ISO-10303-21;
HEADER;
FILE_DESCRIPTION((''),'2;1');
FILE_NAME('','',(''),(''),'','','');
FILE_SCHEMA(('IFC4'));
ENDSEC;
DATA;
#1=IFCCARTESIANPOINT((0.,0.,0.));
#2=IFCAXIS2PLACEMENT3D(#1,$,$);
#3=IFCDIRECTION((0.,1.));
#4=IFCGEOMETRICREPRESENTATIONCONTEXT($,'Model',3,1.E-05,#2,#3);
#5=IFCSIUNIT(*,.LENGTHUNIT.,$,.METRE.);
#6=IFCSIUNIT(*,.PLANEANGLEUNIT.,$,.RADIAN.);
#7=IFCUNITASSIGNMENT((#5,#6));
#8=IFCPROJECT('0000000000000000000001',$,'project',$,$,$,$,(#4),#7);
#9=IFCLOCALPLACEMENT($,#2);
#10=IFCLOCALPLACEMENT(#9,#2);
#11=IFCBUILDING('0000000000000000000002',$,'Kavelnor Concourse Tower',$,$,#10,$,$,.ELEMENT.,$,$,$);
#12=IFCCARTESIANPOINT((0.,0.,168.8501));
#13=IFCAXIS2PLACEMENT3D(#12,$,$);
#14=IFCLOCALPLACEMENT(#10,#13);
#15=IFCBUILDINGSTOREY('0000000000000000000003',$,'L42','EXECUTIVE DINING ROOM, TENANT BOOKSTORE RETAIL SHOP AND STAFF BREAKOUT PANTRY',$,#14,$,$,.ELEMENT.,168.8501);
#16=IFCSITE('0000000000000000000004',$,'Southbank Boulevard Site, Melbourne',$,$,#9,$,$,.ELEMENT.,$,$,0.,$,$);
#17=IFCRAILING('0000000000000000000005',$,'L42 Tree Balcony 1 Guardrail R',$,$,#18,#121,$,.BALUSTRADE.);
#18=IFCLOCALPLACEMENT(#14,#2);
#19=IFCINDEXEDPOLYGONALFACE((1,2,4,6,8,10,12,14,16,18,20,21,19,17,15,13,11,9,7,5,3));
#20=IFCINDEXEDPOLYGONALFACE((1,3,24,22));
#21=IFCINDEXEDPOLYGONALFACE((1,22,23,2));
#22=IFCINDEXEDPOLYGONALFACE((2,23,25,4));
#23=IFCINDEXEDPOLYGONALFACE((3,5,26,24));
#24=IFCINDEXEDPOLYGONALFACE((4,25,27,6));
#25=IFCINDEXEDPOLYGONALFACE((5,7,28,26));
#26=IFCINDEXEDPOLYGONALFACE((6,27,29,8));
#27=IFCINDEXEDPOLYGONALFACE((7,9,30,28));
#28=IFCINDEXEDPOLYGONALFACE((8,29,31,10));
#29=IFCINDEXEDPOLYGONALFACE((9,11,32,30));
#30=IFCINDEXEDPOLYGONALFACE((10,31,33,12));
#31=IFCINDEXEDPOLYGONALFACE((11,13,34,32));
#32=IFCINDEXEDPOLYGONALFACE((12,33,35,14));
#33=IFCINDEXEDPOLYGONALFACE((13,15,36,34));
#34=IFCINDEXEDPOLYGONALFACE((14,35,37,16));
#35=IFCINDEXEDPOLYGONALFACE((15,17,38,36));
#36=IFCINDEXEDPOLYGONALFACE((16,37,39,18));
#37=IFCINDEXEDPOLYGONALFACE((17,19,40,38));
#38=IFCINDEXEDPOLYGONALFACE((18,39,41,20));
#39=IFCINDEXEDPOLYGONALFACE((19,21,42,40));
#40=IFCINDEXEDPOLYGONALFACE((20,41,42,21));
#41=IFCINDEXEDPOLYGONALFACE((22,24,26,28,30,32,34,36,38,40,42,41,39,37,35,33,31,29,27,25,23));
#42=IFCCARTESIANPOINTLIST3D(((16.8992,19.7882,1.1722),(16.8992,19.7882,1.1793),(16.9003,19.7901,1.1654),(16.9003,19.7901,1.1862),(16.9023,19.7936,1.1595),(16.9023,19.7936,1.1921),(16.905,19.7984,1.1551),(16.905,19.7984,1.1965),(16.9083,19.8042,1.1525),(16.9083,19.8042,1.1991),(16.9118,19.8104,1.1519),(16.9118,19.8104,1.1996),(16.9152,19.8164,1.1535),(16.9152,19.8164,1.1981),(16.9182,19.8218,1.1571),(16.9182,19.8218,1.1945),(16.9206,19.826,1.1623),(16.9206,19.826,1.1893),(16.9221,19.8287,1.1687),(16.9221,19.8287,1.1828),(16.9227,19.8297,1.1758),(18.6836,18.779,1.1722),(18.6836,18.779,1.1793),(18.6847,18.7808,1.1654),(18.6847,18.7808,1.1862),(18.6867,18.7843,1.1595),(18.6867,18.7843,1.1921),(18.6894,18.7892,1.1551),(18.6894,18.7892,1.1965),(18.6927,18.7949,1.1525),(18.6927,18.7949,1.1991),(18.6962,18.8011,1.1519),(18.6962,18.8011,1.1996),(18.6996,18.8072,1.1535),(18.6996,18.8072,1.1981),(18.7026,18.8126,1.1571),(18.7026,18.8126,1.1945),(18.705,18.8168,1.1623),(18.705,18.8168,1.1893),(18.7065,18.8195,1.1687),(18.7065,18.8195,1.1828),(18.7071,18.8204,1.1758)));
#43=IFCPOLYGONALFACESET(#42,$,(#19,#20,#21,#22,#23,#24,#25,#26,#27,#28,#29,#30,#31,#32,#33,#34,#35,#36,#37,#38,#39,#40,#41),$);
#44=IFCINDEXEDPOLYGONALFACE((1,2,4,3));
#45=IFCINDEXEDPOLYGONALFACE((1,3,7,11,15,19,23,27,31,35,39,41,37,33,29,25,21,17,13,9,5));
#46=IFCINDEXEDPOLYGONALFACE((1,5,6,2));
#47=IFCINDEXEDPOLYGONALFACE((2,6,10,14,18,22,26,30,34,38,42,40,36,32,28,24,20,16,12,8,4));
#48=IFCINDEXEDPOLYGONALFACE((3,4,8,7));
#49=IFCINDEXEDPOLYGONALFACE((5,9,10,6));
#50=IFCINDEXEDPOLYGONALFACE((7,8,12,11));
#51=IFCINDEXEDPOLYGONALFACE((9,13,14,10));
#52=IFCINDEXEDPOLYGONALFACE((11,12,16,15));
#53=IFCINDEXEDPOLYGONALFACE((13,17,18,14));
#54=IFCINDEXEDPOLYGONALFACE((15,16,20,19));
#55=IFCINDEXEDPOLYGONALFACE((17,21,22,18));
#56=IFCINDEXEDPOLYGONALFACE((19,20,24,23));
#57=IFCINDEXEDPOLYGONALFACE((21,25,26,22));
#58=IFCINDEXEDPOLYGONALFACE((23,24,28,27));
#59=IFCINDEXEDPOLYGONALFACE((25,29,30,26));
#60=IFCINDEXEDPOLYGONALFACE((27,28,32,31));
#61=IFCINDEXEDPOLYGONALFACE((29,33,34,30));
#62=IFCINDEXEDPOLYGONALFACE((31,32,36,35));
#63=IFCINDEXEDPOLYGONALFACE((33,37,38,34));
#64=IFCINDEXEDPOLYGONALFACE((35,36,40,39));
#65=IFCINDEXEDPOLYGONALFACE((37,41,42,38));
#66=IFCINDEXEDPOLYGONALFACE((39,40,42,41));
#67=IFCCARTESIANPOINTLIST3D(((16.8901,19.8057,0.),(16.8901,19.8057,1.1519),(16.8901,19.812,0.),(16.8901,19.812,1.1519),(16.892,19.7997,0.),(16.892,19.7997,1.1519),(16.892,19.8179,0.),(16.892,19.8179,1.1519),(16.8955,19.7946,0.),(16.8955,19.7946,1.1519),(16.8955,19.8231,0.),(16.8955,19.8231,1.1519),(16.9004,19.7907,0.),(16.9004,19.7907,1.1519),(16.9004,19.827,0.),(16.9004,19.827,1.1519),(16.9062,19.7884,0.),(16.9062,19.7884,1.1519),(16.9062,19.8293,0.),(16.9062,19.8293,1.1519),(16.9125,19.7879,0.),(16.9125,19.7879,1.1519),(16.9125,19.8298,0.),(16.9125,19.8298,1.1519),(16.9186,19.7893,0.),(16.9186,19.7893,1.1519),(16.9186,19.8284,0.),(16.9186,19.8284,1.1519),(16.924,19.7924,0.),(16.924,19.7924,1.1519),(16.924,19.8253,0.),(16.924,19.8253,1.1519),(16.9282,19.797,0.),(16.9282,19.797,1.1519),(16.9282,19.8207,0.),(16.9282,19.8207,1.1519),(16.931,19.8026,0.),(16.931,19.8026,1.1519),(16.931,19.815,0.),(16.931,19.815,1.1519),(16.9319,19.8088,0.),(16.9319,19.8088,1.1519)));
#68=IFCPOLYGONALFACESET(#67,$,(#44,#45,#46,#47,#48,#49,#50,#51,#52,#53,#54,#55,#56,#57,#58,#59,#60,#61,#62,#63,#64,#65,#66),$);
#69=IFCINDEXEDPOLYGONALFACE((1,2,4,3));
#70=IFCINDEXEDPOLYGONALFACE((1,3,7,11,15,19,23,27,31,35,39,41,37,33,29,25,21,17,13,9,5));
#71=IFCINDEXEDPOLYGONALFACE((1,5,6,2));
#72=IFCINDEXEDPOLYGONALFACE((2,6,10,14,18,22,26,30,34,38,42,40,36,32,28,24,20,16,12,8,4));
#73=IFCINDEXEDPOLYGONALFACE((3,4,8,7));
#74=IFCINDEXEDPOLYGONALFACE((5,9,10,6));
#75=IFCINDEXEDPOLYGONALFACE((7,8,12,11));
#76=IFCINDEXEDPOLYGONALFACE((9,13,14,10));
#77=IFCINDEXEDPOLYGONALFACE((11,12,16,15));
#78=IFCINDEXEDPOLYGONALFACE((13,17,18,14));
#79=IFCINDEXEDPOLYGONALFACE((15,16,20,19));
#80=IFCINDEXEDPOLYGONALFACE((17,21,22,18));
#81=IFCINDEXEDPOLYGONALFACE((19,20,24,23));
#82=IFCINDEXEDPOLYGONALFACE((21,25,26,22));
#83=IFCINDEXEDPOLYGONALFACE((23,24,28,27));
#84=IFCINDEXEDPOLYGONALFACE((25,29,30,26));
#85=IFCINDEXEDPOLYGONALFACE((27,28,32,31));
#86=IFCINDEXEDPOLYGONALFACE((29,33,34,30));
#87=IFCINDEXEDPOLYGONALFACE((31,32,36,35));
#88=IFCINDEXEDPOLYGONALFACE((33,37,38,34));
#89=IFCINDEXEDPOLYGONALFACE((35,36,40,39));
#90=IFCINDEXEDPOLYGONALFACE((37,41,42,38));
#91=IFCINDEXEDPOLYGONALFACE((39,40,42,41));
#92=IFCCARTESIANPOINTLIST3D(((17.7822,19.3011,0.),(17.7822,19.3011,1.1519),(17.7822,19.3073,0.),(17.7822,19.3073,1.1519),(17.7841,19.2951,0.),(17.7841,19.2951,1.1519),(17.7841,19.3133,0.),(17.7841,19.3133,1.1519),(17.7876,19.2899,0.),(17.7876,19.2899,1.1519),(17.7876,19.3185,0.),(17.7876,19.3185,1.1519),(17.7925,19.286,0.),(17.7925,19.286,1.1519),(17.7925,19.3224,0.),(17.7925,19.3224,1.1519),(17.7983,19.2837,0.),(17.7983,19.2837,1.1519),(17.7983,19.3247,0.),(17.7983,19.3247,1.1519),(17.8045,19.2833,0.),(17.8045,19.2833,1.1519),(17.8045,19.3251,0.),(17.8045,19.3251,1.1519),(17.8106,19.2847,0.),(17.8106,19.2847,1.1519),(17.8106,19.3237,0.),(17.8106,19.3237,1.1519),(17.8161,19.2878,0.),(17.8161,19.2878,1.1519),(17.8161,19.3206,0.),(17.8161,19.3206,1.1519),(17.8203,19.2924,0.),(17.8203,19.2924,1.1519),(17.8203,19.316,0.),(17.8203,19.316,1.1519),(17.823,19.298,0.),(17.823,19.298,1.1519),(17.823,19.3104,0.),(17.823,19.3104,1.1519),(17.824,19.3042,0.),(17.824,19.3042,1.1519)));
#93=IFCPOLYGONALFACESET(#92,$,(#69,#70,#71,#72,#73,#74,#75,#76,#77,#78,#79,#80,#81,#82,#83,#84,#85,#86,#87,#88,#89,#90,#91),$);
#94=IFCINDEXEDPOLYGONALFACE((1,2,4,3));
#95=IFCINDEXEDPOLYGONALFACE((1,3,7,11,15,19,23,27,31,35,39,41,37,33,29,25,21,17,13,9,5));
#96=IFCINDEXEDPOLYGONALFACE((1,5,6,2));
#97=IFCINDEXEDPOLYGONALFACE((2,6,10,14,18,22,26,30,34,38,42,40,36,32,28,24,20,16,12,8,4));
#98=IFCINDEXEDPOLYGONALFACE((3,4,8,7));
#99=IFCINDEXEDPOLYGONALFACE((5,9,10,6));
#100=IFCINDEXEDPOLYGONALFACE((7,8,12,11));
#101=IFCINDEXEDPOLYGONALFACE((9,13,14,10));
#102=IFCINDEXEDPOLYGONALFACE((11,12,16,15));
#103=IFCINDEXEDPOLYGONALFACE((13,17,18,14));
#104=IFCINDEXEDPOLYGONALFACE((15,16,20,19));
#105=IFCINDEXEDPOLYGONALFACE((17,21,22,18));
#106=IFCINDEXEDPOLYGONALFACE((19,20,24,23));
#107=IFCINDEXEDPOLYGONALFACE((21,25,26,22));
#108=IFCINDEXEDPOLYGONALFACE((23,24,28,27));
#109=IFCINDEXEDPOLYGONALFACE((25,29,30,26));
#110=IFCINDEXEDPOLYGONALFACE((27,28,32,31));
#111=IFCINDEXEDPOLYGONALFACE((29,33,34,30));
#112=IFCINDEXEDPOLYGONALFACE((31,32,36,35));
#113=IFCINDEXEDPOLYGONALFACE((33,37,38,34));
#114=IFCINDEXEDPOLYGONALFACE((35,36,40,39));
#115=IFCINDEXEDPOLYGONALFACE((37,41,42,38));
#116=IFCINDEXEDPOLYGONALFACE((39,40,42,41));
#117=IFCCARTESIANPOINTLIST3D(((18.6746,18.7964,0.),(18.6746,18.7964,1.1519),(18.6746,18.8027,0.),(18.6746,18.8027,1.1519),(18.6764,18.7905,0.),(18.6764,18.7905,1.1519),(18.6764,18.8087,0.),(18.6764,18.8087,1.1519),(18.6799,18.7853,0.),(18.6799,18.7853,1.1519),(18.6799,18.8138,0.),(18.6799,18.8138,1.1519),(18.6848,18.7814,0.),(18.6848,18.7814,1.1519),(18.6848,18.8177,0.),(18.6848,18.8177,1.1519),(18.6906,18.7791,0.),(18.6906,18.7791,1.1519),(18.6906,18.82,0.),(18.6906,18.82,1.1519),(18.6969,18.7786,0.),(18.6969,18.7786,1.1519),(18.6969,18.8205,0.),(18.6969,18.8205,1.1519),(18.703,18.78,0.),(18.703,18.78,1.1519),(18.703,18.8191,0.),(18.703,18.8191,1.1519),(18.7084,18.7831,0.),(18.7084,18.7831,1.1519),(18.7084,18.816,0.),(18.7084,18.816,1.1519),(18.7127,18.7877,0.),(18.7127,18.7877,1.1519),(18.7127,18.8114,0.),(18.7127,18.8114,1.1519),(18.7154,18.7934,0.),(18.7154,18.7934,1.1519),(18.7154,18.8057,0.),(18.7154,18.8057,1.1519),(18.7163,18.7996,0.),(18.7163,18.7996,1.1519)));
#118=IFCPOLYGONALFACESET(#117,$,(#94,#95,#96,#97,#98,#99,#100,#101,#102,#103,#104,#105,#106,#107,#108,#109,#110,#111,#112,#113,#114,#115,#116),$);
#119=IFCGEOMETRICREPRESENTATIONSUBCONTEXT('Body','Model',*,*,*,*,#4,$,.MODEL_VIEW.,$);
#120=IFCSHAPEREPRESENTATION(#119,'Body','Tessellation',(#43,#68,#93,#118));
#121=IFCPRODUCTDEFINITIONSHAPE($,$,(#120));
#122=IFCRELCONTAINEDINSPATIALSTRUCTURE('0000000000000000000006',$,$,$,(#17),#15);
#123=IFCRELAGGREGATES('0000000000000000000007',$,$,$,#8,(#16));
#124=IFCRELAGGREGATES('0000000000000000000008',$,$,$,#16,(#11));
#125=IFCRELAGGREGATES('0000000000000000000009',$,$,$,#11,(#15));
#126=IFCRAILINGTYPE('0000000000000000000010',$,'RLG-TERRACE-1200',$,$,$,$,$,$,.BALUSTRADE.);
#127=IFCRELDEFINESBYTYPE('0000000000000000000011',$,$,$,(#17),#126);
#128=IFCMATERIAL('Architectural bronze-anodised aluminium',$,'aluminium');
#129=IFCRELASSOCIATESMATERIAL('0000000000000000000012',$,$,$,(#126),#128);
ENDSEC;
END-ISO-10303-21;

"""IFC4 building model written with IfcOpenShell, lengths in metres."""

from ifc_helpers import new_model, si_unit, direction, frame, origin, origin_2d, place, context, subcontext, project, spatial, circle, extrude, material, type_object, element, save


model = new_model("IFC4")

# Units and contexts
model_context = context("Model", 3, precision=1e-05, world=origin(), true_north=direction((0.0, 1.0)))
body_context = subcontext(model_context, "Body", "Model", "MODEL_VIEW")
ifc_project = project(units=[si_unit("LENGTHUNIT", "METRE"), si_unit("PLANEANGLEUNIT", "RADIAN")], contexts=[model_context])

# Site, building, storey
site_placement = place(None, origin())
site = spatial("IfcSite", under=ifc_project, at=site_placement, Name="Southbank Boulevard Site, Melbourne", CompositionType="ELEMENT", RefElevation=0.0)
building_placement = place(site_placement, origin())
building = spatial("IfcBuilding", under=site, at=building_placement, Name="Kavelnor Concourse Tower", CompositionType="ELEMENT")
storey_placement = place(building_placement, frame((0.0, 0.0, 168.8501)))
storey = spatial("IfcBuildingStorey", under=building, at=storey_placement, Name="L42", Description="EXECUTIVE DINING ROOM, TENANT BOOKSTORE RETAIL SHOP AND STAFF BREAKOUT PANTRY", CompositionType="ELEMENT", Elevation=168.8501)

# Railing
ifc_material_1 = material(Name="Architectural bronze-anodised aluminium", Category="aluminium")
railing_type = type_object("IfcRailingType", Name="RLG-TERRACE-1200", PredefinedType="BALUSTRADE", material=ifc_material_1)
railing_1_placement = place(storey_placement, frame((16.9109, 19.8088, 0.0)))
element("IfcRailing", 1, at=railing_1_placement, inside=storey, type_object=railing_type, Name="L42 Tree Balcony 1 Guardrail R", PredefinedType="BALUSTRADE", context=body_context, shape_type="SweptSolid", body=[
    extrude(circle(Radius=0.0239, at=origin_2d()), frame((0.0, 0.0, 1.1758), z_axis=(0.870419, -0.492312, 0.0), x_axis=(0.492312, 0.870419, 0.0)), (0.0, 0.0, 1.0), 2.05),
    extrude(circle(Radius=0.021, at=origin_2d()), origin(), (0.0, 0.0, 1.0), 1.1519),
    extrude(circle(Radius=0.021, at=origin_2d()), frame((0.8921, -0.5046, 0.0)), (0.0, 0.0, 1.0), 1.1519),
    extrude(circle(Radius=0.021, at=origin_2d()), frame((1.7844, -1.0093, 0.0)), (0.0, 0.0, 1.0), 1.1519),
])

save(model, "model.ifc")
